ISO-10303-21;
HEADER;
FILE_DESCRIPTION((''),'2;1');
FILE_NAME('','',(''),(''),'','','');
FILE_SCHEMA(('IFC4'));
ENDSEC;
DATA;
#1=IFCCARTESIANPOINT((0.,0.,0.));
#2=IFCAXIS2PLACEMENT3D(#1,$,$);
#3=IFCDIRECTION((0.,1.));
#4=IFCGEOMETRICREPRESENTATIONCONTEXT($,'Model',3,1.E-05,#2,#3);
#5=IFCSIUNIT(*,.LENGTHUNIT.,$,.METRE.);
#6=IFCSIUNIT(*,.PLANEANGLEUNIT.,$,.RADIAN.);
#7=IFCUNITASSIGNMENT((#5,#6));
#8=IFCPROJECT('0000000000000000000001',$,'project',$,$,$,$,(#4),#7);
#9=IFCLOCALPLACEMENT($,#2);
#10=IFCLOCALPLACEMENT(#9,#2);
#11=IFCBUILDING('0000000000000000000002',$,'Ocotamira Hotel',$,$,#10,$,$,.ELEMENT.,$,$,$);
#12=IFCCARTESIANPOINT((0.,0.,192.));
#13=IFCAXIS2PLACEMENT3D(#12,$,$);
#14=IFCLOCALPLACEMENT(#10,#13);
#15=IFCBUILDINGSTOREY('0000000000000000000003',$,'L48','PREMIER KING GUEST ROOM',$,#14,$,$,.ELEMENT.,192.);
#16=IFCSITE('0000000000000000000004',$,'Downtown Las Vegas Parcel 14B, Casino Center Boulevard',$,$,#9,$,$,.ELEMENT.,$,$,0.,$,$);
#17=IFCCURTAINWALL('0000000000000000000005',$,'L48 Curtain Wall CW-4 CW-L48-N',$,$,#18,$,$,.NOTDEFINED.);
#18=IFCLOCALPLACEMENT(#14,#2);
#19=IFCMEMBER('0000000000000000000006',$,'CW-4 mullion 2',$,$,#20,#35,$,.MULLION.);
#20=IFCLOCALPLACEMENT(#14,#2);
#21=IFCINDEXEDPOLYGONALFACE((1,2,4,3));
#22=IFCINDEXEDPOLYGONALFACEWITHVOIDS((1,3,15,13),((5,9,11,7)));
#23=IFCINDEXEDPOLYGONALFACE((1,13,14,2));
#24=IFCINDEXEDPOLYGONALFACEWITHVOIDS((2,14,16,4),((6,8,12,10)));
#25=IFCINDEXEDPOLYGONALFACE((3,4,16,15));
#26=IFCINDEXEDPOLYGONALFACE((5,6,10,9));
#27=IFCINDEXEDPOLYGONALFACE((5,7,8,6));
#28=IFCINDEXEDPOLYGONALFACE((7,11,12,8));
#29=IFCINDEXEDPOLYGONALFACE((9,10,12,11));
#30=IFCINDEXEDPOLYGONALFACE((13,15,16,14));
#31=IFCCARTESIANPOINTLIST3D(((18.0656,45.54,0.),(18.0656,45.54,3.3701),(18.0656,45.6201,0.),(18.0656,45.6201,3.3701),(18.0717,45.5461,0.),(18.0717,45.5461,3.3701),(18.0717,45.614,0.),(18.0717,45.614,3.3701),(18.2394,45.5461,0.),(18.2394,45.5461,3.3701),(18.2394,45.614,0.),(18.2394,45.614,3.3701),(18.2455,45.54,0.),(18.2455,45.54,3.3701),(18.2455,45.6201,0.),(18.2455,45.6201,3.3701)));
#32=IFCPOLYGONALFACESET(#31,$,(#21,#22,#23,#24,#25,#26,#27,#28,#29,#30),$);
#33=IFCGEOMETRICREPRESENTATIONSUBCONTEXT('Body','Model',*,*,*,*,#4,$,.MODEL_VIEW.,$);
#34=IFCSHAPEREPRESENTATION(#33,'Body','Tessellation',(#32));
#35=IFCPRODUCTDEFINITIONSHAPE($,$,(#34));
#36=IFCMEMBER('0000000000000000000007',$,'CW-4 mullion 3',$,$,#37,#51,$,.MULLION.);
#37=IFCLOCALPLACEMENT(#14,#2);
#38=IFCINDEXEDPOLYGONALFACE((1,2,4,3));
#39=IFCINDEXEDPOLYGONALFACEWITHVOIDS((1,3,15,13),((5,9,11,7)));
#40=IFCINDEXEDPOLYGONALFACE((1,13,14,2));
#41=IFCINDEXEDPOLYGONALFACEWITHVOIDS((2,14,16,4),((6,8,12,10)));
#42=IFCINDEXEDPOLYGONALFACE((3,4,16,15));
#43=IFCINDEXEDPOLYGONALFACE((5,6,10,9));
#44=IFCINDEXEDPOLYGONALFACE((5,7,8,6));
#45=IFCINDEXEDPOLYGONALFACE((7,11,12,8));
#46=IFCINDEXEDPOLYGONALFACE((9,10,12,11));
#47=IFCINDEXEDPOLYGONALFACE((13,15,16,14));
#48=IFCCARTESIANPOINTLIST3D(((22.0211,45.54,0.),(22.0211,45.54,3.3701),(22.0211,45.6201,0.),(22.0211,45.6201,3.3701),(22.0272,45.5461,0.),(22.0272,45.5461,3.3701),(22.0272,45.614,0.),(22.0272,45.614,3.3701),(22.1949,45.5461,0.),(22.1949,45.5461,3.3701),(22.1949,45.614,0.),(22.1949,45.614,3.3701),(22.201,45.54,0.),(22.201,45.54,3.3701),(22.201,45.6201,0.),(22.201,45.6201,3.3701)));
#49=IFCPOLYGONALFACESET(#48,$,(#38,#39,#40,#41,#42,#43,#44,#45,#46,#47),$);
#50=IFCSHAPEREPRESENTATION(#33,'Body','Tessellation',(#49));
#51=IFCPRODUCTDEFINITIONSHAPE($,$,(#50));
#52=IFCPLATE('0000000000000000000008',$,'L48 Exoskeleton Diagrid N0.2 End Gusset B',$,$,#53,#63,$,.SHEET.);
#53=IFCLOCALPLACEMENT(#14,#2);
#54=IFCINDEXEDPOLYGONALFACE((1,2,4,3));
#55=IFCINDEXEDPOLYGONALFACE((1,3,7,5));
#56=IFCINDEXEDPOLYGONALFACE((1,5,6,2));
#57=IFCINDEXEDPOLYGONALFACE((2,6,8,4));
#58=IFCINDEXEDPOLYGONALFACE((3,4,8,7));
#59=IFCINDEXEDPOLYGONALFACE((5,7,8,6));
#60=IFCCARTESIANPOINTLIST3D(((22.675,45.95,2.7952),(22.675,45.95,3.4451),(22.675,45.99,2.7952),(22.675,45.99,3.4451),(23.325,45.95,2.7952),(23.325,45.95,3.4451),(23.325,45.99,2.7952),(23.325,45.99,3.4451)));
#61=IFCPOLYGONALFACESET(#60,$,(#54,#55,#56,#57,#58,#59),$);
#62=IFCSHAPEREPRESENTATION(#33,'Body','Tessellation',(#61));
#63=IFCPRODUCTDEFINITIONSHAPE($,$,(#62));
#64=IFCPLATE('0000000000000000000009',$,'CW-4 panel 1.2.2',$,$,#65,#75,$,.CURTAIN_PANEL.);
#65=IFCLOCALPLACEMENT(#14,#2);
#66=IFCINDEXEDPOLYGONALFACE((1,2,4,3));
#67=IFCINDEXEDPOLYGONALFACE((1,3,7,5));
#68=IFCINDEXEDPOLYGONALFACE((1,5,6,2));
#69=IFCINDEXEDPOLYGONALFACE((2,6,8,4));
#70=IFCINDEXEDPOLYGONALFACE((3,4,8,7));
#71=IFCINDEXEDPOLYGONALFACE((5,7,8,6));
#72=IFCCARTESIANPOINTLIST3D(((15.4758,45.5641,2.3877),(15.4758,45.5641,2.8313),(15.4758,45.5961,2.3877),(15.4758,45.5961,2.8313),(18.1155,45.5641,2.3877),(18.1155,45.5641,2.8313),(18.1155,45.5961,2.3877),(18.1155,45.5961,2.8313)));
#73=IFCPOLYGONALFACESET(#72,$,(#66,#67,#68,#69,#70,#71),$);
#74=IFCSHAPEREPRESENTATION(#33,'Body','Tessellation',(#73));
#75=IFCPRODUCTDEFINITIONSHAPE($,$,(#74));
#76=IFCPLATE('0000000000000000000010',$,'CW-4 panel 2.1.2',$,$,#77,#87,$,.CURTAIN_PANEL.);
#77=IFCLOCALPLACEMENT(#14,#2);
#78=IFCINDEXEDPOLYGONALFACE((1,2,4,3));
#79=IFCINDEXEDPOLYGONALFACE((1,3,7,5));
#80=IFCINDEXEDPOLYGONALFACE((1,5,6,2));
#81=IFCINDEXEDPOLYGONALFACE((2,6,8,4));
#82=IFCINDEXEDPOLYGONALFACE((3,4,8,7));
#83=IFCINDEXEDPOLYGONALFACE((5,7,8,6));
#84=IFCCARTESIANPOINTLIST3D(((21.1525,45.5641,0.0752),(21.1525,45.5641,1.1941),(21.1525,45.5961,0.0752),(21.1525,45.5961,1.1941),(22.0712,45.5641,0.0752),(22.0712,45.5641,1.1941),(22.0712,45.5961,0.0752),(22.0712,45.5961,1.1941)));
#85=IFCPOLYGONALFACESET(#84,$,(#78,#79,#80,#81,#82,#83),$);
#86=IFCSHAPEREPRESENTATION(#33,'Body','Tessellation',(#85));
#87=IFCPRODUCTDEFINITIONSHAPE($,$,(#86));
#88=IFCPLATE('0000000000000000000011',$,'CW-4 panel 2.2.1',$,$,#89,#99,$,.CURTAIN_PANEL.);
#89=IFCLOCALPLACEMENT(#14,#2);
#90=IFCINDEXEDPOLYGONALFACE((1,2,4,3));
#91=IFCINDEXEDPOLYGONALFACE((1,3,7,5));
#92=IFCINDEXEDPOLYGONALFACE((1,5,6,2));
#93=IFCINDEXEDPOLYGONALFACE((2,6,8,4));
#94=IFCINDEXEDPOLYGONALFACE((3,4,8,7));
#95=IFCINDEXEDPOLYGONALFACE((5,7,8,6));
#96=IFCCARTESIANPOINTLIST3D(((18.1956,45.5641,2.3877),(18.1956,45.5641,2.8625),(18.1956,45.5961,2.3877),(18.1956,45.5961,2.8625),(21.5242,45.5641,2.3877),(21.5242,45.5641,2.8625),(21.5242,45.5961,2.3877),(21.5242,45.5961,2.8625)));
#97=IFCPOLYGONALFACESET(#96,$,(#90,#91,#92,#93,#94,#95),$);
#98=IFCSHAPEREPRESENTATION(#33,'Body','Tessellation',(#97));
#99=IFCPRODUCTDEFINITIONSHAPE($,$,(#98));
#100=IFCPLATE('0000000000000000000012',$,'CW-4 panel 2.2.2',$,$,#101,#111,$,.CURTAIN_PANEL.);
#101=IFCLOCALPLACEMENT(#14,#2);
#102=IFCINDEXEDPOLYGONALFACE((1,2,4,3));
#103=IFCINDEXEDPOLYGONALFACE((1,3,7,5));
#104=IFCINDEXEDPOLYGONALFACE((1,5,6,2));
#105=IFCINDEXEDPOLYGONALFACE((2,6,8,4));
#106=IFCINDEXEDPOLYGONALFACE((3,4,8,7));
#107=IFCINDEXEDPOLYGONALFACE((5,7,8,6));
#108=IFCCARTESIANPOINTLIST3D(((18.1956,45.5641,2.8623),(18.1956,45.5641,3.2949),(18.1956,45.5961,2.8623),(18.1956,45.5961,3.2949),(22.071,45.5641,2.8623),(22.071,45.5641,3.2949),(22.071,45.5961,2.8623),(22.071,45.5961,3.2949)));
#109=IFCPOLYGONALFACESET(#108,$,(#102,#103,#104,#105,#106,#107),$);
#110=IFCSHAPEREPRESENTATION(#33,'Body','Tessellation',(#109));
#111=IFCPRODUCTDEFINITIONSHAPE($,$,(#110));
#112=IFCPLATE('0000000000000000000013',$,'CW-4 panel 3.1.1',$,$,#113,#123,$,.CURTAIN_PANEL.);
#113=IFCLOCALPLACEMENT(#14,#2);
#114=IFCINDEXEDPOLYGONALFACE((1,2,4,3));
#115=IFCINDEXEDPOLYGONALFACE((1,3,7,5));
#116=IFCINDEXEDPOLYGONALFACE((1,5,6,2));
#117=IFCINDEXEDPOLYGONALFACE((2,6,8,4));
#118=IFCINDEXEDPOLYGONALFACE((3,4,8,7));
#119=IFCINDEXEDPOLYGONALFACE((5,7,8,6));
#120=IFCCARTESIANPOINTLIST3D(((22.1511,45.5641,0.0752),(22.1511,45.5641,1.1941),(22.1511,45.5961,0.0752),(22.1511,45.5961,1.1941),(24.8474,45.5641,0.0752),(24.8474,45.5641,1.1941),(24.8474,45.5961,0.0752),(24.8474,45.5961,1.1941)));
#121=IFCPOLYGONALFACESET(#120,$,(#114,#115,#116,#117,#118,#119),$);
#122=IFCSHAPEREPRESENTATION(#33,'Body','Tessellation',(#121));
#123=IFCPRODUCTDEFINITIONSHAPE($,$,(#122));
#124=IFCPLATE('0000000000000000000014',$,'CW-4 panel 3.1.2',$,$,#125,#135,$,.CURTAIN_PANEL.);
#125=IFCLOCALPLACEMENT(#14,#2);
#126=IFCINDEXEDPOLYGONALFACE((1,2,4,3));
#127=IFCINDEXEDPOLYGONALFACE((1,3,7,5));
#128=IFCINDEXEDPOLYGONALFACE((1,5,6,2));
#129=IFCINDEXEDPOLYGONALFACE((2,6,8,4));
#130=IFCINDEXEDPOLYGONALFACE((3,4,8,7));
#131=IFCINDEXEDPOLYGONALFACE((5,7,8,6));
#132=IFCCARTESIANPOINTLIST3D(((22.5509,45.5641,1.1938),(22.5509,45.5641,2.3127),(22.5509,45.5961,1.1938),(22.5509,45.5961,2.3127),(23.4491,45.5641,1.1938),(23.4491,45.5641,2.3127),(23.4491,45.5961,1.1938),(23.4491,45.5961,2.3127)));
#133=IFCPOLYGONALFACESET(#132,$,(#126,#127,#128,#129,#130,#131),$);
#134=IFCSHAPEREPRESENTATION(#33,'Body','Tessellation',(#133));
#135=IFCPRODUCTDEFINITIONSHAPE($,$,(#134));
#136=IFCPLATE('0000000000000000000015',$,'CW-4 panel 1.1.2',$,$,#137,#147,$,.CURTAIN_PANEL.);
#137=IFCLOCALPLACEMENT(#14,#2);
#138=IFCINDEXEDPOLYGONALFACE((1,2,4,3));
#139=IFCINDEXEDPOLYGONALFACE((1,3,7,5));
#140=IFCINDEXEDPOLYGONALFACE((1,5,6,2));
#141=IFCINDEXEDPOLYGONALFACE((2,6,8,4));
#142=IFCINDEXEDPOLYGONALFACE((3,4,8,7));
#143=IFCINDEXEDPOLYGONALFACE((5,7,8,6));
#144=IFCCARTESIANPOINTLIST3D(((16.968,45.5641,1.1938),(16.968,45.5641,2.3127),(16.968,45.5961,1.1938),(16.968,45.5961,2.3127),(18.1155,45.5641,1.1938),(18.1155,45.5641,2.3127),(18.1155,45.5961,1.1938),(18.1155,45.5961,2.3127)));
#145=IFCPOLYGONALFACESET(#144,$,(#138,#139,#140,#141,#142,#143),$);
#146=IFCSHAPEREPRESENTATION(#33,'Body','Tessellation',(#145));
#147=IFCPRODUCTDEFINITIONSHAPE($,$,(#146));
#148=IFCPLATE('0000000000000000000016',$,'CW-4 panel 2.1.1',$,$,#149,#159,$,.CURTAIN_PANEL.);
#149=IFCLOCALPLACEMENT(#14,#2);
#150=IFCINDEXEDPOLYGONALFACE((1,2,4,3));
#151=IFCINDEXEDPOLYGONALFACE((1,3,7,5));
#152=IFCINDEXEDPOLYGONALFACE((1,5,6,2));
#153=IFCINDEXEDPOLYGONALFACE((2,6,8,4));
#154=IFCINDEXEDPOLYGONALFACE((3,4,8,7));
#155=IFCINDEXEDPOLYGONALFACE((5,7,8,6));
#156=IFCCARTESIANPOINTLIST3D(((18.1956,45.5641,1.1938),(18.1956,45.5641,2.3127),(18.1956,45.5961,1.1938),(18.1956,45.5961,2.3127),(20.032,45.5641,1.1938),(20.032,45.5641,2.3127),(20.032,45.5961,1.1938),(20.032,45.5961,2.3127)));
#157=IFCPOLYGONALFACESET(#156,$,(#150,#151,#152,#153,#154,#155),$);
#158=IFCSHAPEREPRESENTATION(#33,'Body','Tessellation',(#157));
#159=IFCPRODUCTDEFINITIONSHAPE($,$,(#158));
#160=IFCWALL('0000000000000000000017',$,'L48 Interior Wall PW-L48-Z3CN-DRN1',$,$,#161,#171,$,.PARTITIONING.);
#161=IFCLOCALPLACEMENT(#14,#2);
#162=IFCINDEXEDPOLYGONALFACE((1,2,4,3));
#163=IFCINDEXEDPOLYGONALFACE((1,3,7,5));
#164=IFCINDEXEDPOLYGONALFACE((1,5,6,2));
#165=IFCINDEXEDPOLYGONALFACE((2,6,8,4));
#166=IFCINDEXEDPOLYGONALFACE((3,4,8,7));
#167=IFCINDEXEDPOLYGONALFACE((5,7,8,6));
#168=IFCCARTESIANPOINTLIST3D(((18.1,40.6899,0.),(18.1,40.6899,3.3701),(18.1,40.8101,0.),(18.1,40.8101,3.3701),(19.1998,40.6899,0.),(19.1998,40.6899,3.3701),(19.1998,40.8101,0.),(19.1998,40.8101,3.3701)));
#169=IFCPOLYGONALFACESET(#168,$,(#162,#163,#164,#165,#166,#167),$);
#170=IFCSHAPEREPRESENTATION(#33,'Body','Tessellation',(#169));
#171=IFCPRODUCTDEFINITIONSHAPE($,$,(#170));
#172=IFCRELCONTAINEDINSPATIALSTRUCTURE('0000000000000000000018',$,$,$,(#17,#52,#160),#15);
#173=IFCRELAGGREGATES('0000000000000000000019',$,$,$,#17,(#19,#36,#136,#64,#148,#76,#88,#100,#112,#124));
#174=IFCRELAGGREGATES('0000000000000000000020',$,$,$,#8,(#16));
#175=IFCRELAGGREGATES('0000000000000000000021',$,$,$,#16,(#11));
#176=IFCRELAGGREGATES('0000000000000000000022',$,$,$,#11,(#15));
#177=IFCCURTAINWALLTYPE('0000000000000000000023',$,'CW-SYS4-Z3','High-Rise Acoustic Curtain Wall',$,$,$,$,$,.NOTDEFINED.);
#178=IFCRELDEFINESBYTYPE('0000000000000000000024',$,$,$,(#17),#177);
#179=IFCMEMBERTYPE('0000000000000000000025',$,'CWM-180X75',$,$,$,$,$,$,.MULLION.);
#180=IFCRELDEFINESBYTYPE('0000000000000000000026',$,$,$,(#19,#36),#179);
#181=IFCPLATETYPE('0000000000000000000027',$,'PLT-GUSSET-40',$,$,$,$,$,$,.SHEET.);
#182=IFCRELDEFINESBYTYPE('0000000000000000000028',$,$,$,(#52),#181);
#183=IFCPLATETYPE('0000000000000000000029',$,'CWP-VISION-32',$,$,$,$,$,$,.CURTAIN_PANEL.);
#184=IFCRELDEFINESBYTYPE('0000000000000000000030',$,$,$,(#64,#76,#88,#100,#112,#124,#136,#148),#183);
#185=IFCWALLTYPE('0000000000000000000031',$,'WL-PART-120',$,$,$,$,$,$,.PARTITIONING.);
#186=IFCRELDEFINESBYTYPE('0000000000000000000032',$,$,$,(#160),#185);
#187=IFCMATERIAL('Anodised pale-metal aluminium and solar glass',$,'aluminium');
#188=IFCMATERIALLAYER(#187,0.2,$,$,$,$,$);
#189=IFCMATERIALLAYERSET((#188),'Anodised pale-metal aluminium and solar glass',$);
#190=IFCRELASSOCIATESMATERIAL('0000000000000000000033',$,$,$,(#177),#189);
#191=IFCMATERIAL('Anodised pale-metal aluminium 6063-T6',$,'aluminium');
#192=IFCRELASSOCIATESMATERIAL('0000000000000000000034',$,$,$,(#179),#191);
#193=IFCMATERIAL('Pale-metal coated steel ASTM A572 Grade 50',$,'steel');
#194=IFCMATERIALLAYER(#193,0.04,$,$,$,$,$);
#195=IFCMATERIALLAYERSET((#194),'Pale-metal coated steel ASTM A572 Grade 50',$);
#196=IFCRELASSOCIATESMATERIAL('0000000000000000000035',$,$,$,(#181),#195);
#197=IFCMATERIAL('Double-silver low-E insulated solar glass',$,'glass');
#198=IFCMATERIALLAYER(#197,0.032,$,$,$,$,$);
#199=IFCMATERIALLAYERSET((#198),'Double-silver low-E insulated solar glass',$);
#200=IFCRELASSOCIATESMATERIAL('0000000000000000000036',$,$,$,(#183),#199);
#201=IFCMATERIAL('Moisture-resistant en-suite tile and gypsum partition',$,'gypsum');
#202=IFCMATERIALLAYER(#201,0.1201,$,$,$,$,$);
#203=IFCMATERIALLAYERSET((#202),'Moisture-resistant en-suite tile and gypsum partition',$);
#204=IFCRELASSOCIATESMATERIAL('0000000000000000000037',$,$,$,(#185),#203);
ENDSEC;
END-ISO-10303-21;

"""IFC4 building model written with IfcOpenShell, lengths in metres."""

from ifc_helpers import new_model, si_unit, direction, frame, frame_2d, origin, origin_2d, place, context, subcontext, project, spatial, rectangle, hollow_rectangle, extrude, source, transform, mapped, material, layer, layer_set, material_profile, profile_set, type_object, element, aggregate, save


model = new_model("IFC4")

# Units and contexts
model_context = context("Model", 3, precision=1e-05, world=origin(), true_north=direction((0.0, 1.0)))
body_context = subcontext(model_context, "Body", "Model", "MODEL_VIEW")
ifc_project = project(units=[si_unit("LENGTHUNIT", "METRE"), si_unit("PLANEANGLEUNIT", "RADIAN")], contexts=[model_context])

# Site, building, storey
site_placement = place(None, origin())
site = spatial("IfcSite", under=ifc_project, at=site_placement, Name="Downtown Las Vegas Parcel 14B, Casino Center Boulevard", CompositionType="ELEMENT", RefElevation=0.0)
building_placement = place(site_placement, origin())
building = spatial("IfcBuilding", under=site, at=building_placement, Name="Ocotamira Hotel", CompositionType="ELEMENT")
storey_placement = place(building_placement, frame((0.0, 0.0, 192.0)))
storey = spatial("IfcBuildingStorey", under=building, at=storey_placement, Name="L48", Description="PREMIER KING GUEST ROOM", CompositionType="ELEMENT", Elevation=192.0)

# Curtain wall, members
ifc_material_1 = material(Name="Anodised pale-metal aluminium and solar glass", Category="aluminium")
ifc_layer_1 = layer(ifc_material_1, 0.2)
ifc_layer_set_1 = layer_set([ifc_layer_1], Name="Anodised pale-metal aluminium and solar glass")
curtain_wall_type = type_object("IfcCurtainWallType", Name="CW-SYS4-Z3", Description="High-Rise Acoustic Curtain Wall", PredefinedType="NOTDEFINED", material=ifc_layer_set_1)
curtain_wall_placement = place(storey_placement, origin())
curtain_wall = element("IfcCurtainWall", 1, at=curtain_wall_placement, inside=storey, type_object=curtain_wall_type, Name="L48 Curtain Wall CW-4 CW-L48-N", PredefinedType="NOTDEFINED")
ifc_material_2 = material(Name="Anodised pale-metal aluminium 6063-T6", Category="aluminium")
ifc_material_profile_1 = material_profile(ifc_material_2, hollow_rectangle(XDim=0.0801, YDim=0.1799, WallThickness=0.0061, at=origin_2d()), Name="HSS180X80X6")
ifc_profile_set_1 = profile_set([ifc_material_profile_1], Name="Anodised pale-metal aluminium 6063-T6")
member_type_1 = type_object("IfcMemberType", Name="CWM-180X75", PredefinedType="MULLION", material=ifc_profile_set_1)
shared_shape_1 = source(origin(), body_context, "Body", "SweptSolid", [
    extrude(hollow_rectangle(XDim=0.0801, YDim=0.1799, WallThickness=0.0061, at=origin_2d()), origin(), (0.0, 0.0, 1.0), 3.3701),
])
member_1_placement = place(storey_placement, frame((18.1555, 45.5801, 0.0), z_axis=(0.0, 0.0, 1.0), x_axis=(0.0, 1.0, 0.0)))
member_1 = element("IfcMember", 2, at=member_1_placement, type_object=member_type_1, Name="CW-4 mullion 2", PredefinedType="MULLION", context=body_context, shape_type="MappedRepresentation", body=[
    mapped(shared_shape_1, transform((0.0, 0.0, 0.0), scale=1.0)),
])
member_2_placement = place(storey_placement, frame((22.1111, 45.5801, 0.0), z_axis=(0.0, 0.0, 1.0), x_axis=(0.0, 1.0, 0.0)))
member_2 = element("IfcMember", 3, at=member_2_placement, type_object=member_type_1, Name="CW-4 mullion 3", PredefinedType="MULLION", context=body_context, shape_type="MappedRepresentation", body=[
    mapped(shared_shape_1, transform((0.0, 0.0, 0.0), scale=1.0)),
])

# Plates
ifc_material_3 = material(Name="Pale-metal coated steel ASTM A572 Grade 50", Category="steel")
ifc_layer_2 = layer(ifc_material_3, 0.04)
ifc_layer_set_2 = layer_set([ifc_layer_2], Name="Pale-metal coated steel ASTM A572 Grade 50")
plate_type_1 = type_object("IfcPlateType", Name="PLT-GUSSET-40", PredefinedType="SHEET", material=ifc_layer_set_2)
shared_shape_2 = source(origin(), body_context, "Body", "SweptSolid", [
    extrude(rectangle(XDim=0.6499, YDim=0.04, at=origin_2d()), origin(), (0.0, 0.0, 1.0), 0.6499),
])
plate_1_placement = place(storey_placement, frame((23.0, 45.97, 2.7952), z_axis=(0.0, 0.0, 1.0), x_axis=(1.0, 0.0, 0.0)))
element("IfcPlate", 4, at=plate_1_placement, inside=storey, type_object=plate_type_1, Name="L48 Exoskeleton Diagrid N0.2 End Gusset B", PredefinedType="SHEET", context=body_context, shape_type="MappedRepresentation", body=[
    mapped(shared_shape_2, transform((0.0, 0.0, 0.0), scale=1.0)),
])
ifc_material_4 = material(Name="Double-silver low-E insulated solar glass", Category="glass")
ifc_layer_3 = layer(ifc_material_4, 0.032)
ifc_layer_set_3 = layer_set([ifc_layer_3], Name="Double-silver low-E insulated solar glass")
plate_type_2 = type_object("IfcPlateType", Name="CWP-VISION-32", PredefinedType="CURTAIN_PANEL", material=ifc_layer_set_3)
shared_shape_3 = source(origin(), body_context, "Body", "SweptSolid", [
    extrude(rectangle(XDim=2.6396, YDim=0.032, at=origin_2d()), origin(), (0.0, 0.0, 1.0), 0.4436),
])
plate_2_placement = place(storey_placement, frame((16.7957, 45.5801, 2.3877), z_axis=(0.0, 0.0, 1.0), x_axis=(1.0, 0.0, 0.0)))
plate_2 = element("IfcPlate", 5, at=plate_2_placement, type_object=plate_type_2, Name="CW-4 panel 1.2.2", PredefinedType="CURTAIN_PANEL", context=body_context, shape_type="MappedRepresentation", body=[
    mapped(shared_shape_3, transform((0.0, 0.0, 0.0), scale=1.0)),
])
shared_shape_4 = source(origin(), body_context, "Body", "SweptSolid", [
    extrude(rectangle(XDim=0.9187, YDim=0.032, at=origin_2d()), origin(), (0.0, 0.0, 1.0), 1.1189),
])
plate_3_placement = place(storey_placement, frame((21.6118, 45.5801, 0.0752), z_axis=(0.0, 0.0, 1.0), x_axis=(1.0, 0.0, 0.0)))
plate_3 = element("IfcPlate", 6, at=plate_3_placement, type_object=plate_type_2, Name="CW-4 panel 2.1.2", PredefinedType="CURTAIN_PANEL", context=body_context, shape_type="MappedRepresentation", body=[
    mapped(shared_shape_4, transform((0.0, 0.0, 0.0), scale=1.0)),
])
shared_shape_5 = source(origin(), body_context, "Body", "SweptSolid", [
    extrude(rectangle(XDim=3.3286, YDim=0.032, at=origin_2d()), origin(), (0.0, 0.0, 1.0), 0.4749),
])
plate_4_placement = place(storey_placement, frame((19.8599, 45.5801, 2.3877), z_axis=(0.0, 0.0, 1.0), x_axis=(1.0, 0.0, 0.0)))
plate_4 = element("IfcPlate", 7, at=plate_4_placement, type_object=plate_type_2, Name="CW-4 panel 2.2.1", PredefinedType="CURTAIN_PANEL", context=body_context, shape_type="MappedRepresentation", body=[
    mapped(shared_shape_5, transform((0.0, 0.0, 0.0), scale=1.0)),
])
shared_shape_6 = source(origin(), body_context, "Body", "SweptSolid", [
    extrude(rectangle(XDim=3.8755, YDim=0.032, at=origin_2d()), origin(), (0.0, 0.0, 1.0), 0.4326),
])
plate_5_placement = place(storey_placement, frame((20.1333, 45.5801, 2.8623), z_axis=(0.0, 0.0, 1.0), x_axis=(1.0, 0.0, 0.0)))
plate_5 = element("IfcPlate", 8, at=plate_5_placement, type_object=plate_type_2, Name="CW-4 panel 2.2.2", PredefinedType="CURTAIN_PANEL", context=body_context, shape_type="MappedRepresentation", body=[
    mapped(shared_shape_6, transform((0.0, 0.0, 0.0), scale=1.0)),
])
shared_shape_7 = source(origin(), body_context, "Body", "SweptSolid", [
    extrude(rectangle(XDim=2.6963, YDim=0.032, at=origin_2d()), origin(), (0.0, 0.0, 1.0), 1.1189),
])
plate_6_placement = place(storey_placement, frame((23.4993, 45.5801, 0.0752), z_axis=(0.0, 0.0, 1.0), x_axis=(1.0, 0.0, 0.0)))
plate_6 = element("IfcPlate", 9, at=plate_6_placement, type_object=plate_type_2, Name="CW-4 panel 3.1.1", PredefinedType="CURTAIN_PANEL", context=body_context, shape_type="MappedRepresentation", body=[
    mapped(shared_shape_7, transform((0.0, 0.0, 0.0), scale=1.0)),
])
shared_shape_8 = source(origin(), body_context, "Body", "SweptSolid", [
    extrude(rectangle(XDim=0.8982, YDim=0.032, at=origin_2d()), origin(), (0.0, 0.0, 1.0), 1.1189),
])
plate_7_placement = place(storey_placement, frame((23.0, 45.5801, 1.1938), z_axis=(0.0, 0.0, 1.0), x_axis=(1.0, 0.0, 0.0)))
plate_7 = element("IfcPlate", 10, at=plate_7_placement, type_object=plate_type_2, Name="CW-4 panel 3.1.2", PredefinedType="CURTAIN_PANEL", context=body_context, shape_type="MappedRepresentation", body=[
    mapped(shared_shape_8, transform((0.0, 0.0, 0.0), scale=1.0)),
])
shared_shape_9 = source(origin(), body_context, "Body", "SweptSolid", [
    extrude(rectangle(XDim=1.1475, YDim=0.032, at=origin_2d()), origin(), (0.0, 0.0, 1.0), 1.1189),
])
plate_8_placement = place(storey_placement, frame((17.5417, 45.5801, 1.1938), z_axis=(0.0, 0.0, 1.0), x_axis=(1.0, 0.0, 0.0)))
plate_8 = element("IfcPlate", 11, at=plate_8_placement, type_object=plate_type_2, Name="CW-4 panel 1.1.2", PredefinedType="CURTAIN_PANEL", context=body_context, shape_type="MappedRepresentation", body=[
    mapped(shared_shape_9, transform((0.0, 0.0, 0.0), scale=1.0)),
])
shared_shape_10 = source(origin(), body_context, "Body", "SweptSolid", [
    extrude(rectangle(XDim=1.8364, YDim=0.032, at=origin_2d()), origin(), (0.0, 0.0, 1.0), 1.1189),
])
plate_9_placement = place(storey_placement, frame((19.1138, 45.5801, 1.1938), z_axis=(0.0, 0.0, 1.0), x_axis=(1.0, 0.0, 0.0)))
plate_9 = element("IfcPlate", 12, at=plate_9_placement, type_object=plate_type_2, Name="CW-4 panel 2.1.1", PredefinedType="CURTAIN_PANEL", context=body_context, shape_type="MappedRepresentation", body=[
    mapped(shared_shape_10, transform((0.0, 0.0, 0.0), scale=1.0)),
])
aggregate(curtain_wall, [member_1, member_2, plate_8, plate_2, plate_9, plate_3, plate_4, plate_5, plate_6, plate_7])

# Wall
ifc_material_5 = material(Name="Moisture-resistant en-suite tile and gypsum partition", Category="gypsum")
ifc_layer_4 = layer(ifc_material_5, 0.1201)
ifc_layer_set_4 = layer_set([ifc_layer_4], Name="Moisture-resistant en-suite tile and gypsum partition")
wall_type_1 = type_object("IfcWallType", Name="WL-PART-120", PredefinedType="PARTITIONING", material=ifc_layer_set_4)
wall_1_placement = place(storey_placement, frame((18.1001, 40.75, 0.0), z_axis=(0.0, 0.0, 1.0), x_axis=(1.0, 0.0, 0.0)))
element("IfcWall", 13, at=wall_1_placement, inside=storey, type_object=wall_type_1, Name="L48 Interior Wall PW-L48-Z3CN-DRN1", PredefinedType="PARTITIONING", context=body_context, shape_type="SweptSolid", body=[
    extrude(rectangle(XDim=1.0999, YDim=0.1201, at=frame_2d((0.5498, 0.0))), origin(), (0.0, 0.0, 1.0), 3.3701),
])

save(model, "model.ifc")
